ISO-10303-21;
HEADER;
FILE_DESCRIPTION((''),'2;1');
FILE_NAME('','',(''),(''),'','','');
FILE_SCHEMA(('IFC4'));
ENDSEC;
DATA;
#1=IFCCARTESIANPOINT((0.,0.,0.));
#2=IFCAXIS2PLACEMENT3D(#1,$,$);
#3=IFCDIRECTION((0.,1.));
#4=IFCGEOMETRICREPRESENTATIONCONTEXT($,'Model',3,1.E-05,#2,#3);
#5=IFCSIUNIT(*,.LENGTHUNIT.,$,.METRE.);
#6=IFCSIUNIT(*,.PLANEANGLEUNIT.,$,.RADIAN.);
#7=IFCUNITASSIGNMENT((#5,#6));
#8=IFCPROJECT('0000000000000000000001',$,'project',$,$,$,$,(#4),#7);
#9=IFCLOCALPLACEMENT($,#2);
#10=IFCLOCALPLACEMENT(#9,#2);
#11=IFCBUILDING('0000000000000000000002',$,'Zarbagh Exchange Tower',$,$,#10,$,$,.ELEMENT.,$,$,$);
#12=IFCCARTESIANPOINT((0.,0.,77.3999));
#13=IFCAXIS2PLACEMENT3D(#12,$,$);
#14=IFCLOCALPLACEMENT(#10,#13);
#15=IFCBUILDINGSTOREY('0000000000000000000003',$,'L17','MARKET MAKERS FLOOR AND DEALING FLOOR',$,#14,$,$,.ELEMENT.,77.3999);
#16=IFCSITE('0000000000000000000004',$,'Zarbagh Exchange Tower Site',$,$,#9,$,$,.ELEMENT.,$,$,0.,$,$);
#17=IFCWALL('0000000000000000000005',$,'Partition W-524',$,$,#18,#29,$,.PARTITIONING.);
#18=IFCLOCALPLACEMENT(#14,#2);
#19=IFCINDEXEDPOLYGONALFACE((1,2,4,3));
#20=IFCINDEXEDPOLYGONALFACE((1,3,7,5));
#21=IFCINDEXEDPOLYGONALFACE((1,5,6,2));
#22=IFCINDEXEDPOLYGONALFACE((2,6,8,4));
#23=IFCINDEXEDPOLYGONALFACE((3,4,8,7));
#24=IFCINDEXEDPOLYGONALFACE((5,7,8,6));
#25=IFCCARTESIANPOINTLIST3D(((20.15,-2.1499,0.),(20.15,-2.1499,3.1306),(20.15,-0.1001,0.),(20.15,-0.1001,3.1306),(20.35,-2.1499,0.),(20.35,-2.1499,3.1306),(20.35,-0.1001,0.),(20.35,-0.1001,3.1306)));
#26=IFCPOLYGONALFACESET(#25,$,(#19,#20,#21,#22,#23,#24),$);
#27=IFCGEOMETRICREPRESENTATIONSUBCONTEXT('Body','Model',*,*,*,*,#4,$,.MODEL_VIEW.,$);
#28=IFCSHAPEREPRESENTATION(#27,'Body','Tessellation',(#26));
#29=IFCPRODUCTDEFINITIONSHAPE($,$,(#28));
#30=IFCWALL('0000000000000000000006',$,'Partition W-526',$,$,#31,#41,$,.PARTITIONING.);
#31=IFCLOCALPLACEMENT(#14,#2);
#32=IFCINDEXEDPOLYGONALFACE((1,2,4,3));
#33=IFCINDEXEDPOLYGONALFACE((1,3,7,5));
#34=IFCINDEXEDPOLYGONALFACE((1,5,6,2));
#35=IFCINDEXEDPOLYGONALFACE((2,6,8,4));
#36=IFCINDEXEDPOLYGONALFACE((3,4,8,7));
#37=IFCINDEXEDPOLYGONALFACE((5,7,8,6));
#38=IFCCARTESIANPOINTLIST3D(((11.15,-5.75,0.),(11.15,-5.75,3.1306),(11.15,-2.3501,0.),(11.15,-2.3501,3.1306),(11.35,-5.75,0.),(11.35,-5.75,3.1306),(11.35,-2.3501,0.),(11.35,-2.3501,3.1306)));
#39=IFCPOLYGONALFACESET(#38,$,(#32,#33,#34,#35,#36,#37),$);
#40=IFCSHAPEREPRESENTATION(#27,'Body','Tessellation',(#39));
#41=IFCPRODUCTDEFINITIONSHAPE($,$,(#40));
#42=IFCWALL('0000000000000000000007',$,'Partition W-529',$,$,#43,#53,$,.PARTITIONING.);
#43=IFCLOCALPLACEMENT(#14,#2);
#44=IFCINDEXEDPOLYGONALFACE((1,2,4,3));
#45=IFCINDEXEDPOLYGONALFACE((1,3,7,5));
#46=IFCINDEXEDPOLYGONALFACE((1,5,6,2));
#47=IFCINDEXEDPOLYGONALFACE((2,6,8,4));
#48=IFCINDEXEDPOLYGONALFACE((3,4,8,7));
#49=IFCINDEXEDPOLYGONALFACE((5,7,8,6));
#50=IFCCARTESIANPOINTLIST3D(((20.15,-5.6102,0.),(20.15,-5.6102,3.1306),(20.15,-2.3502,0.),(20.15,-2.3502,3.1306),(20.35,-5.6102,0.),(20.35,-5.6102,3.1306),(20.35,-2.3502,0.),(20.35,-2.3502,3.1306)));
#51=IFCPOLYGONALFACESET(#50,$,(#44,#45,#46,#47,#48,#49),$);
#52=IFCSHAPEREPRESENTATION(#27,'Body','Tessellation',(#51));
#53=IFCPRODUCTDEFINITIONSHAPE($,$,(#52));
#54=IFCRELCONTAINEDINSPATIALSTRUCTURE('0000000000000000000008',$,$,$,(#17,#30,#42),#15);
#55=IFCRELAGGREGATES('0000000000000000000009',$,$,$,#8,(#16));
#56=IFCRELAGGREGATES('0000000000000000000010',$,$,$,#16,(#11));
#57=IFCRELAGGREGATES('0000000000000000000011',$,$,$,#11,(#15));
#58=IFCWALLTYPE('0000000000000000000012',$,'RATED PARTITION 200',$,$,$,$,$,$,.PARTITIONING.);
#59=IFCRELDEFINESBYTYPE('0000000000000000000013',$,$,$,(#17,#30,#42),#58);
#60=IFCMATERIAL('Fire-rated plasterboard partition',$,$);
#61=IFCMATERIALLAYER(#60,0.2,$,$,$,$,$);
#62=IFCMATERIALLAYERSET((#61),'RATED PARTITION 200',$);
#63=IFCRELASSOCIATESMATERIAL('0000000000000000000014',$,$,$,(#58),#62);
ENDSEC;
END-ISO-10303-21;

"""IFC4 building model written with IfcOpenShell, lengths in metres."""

from ifc_helpers import new_model, si_unit, direction, frame, frame_2d, origin, place, context, subcontext, project, spatial, rectangle, extrude, material, layer, layer_set, type_object, element, save


model = new_model("IFC4")

# Units and contexts
model_context = context("Model", 3, precision=1e-05, world=origin(), true_north=direction((0.0, 1.0)))
body_context = subcontext(model_context, "Body", "Model", "MODEL_VIEW")
ifc_project = project(units=[si_unit("LENGTHUNIT", "METRE"), si_unit("PLANEANGLEUNIT", "RADIAN")], contexts=[model_context])

# Site, building, storey
site_placement = place(None, origin())
site = spatial("IfcSite", under=ifc_project, at=site_placement, Name="Zarbagh Exchange Tower Site", CompositionType="ELEMENT", RefElevation=0.0)
building_placement = place(site_placement, origin())
building = spatial("IfcBuilding", under=site, at=building_placement, Name="Zarbagh Exchange Tower", CompositionType="ELEMENT")
storey_placement = place(building_placement, frame((0.0, 0.0, 77.3999)))
storey = spatial("IfcBuildingStorey", under=building, at=storey_placement, Name="L17", Description="MARKET MAKERS FLOOR AND DEALING FLOOR", CompositionType="ELEMENT", Elevation=77.3999)

# Shared definitions
ifc_material_1 = material(Name="Fire-rated plasterboard partition")
ifc_layer = layer(ifc_material_1, 0.2)
ifc_layer_set = layer_set([ifc_layer], Name="RATED PARTITION 200")
wall_type = type_object("IfcWallType", Name="RATED PARTITION 200", PredefinedType="PARTITIONING", material=ifc_layer_set)

# Walls
wall_1_placement = place(storey_placement, frame((20.25, -2.1499, 0.0), z_axis=(0.0, 0.0, 1.0), x_axis=(0.0, 1.0, 0.0)))
element("IfcWall", 1, at=wall_1_placement, inside=storey, type_object=wall_type, Name="Partition W-524", PredefinedType="PARTITIONING", context=body_context, shape_type="SweptSolid", body=[
    extrude(rectangle(XDim=2.0498, YDim=0.2, at=frame_2d((1.0249, 0.0))), origin(), (0.0, 0.0, 1.0), 3.1306),
])
wall_2_placement = place(storey_placement, frame((11.25, -5.75, 0.0), z_axis=(0.0, 0.0, 1.0), x_axis=(0.0, 1.0, 0.0)))
element("IfcWall", 2, at=wall_2_placement, inside=storey, type_object=wall_type, Name="Partition W-526", PredefinedType="PARTITIONING", context=body_context, shape_type="SweptSolid", body=[
    extrude(rectangle(XDim=3.3999, YDim=0.2, at=frame_2d((1.7, 0.0))), origin(), (0.0, 0.0, 1.0), 3.1306),
])
wall_3_placement = place(storey_placement, frame((20.25, -5.6101, 0.0), z_axis=(0.0, 0.0, 1.0), x_axis=(0.0, 1.0, 0.0)))
element("IfcWall", 3, at=wall_3_placement, inside=storey, type_object=wall_type, Name="Partition W-529", PredefinedType="PARTITIONING", context=body_context, shape_type="SweptSolid", body=[
    extrude(rectangle(XDim=3.26, YDim=0.2, at=frame_2d((1.6299, 0.0))), origin(), (0.0, 0.0, 1.0), 3.1306),
])

save(model, "model.ifc")
